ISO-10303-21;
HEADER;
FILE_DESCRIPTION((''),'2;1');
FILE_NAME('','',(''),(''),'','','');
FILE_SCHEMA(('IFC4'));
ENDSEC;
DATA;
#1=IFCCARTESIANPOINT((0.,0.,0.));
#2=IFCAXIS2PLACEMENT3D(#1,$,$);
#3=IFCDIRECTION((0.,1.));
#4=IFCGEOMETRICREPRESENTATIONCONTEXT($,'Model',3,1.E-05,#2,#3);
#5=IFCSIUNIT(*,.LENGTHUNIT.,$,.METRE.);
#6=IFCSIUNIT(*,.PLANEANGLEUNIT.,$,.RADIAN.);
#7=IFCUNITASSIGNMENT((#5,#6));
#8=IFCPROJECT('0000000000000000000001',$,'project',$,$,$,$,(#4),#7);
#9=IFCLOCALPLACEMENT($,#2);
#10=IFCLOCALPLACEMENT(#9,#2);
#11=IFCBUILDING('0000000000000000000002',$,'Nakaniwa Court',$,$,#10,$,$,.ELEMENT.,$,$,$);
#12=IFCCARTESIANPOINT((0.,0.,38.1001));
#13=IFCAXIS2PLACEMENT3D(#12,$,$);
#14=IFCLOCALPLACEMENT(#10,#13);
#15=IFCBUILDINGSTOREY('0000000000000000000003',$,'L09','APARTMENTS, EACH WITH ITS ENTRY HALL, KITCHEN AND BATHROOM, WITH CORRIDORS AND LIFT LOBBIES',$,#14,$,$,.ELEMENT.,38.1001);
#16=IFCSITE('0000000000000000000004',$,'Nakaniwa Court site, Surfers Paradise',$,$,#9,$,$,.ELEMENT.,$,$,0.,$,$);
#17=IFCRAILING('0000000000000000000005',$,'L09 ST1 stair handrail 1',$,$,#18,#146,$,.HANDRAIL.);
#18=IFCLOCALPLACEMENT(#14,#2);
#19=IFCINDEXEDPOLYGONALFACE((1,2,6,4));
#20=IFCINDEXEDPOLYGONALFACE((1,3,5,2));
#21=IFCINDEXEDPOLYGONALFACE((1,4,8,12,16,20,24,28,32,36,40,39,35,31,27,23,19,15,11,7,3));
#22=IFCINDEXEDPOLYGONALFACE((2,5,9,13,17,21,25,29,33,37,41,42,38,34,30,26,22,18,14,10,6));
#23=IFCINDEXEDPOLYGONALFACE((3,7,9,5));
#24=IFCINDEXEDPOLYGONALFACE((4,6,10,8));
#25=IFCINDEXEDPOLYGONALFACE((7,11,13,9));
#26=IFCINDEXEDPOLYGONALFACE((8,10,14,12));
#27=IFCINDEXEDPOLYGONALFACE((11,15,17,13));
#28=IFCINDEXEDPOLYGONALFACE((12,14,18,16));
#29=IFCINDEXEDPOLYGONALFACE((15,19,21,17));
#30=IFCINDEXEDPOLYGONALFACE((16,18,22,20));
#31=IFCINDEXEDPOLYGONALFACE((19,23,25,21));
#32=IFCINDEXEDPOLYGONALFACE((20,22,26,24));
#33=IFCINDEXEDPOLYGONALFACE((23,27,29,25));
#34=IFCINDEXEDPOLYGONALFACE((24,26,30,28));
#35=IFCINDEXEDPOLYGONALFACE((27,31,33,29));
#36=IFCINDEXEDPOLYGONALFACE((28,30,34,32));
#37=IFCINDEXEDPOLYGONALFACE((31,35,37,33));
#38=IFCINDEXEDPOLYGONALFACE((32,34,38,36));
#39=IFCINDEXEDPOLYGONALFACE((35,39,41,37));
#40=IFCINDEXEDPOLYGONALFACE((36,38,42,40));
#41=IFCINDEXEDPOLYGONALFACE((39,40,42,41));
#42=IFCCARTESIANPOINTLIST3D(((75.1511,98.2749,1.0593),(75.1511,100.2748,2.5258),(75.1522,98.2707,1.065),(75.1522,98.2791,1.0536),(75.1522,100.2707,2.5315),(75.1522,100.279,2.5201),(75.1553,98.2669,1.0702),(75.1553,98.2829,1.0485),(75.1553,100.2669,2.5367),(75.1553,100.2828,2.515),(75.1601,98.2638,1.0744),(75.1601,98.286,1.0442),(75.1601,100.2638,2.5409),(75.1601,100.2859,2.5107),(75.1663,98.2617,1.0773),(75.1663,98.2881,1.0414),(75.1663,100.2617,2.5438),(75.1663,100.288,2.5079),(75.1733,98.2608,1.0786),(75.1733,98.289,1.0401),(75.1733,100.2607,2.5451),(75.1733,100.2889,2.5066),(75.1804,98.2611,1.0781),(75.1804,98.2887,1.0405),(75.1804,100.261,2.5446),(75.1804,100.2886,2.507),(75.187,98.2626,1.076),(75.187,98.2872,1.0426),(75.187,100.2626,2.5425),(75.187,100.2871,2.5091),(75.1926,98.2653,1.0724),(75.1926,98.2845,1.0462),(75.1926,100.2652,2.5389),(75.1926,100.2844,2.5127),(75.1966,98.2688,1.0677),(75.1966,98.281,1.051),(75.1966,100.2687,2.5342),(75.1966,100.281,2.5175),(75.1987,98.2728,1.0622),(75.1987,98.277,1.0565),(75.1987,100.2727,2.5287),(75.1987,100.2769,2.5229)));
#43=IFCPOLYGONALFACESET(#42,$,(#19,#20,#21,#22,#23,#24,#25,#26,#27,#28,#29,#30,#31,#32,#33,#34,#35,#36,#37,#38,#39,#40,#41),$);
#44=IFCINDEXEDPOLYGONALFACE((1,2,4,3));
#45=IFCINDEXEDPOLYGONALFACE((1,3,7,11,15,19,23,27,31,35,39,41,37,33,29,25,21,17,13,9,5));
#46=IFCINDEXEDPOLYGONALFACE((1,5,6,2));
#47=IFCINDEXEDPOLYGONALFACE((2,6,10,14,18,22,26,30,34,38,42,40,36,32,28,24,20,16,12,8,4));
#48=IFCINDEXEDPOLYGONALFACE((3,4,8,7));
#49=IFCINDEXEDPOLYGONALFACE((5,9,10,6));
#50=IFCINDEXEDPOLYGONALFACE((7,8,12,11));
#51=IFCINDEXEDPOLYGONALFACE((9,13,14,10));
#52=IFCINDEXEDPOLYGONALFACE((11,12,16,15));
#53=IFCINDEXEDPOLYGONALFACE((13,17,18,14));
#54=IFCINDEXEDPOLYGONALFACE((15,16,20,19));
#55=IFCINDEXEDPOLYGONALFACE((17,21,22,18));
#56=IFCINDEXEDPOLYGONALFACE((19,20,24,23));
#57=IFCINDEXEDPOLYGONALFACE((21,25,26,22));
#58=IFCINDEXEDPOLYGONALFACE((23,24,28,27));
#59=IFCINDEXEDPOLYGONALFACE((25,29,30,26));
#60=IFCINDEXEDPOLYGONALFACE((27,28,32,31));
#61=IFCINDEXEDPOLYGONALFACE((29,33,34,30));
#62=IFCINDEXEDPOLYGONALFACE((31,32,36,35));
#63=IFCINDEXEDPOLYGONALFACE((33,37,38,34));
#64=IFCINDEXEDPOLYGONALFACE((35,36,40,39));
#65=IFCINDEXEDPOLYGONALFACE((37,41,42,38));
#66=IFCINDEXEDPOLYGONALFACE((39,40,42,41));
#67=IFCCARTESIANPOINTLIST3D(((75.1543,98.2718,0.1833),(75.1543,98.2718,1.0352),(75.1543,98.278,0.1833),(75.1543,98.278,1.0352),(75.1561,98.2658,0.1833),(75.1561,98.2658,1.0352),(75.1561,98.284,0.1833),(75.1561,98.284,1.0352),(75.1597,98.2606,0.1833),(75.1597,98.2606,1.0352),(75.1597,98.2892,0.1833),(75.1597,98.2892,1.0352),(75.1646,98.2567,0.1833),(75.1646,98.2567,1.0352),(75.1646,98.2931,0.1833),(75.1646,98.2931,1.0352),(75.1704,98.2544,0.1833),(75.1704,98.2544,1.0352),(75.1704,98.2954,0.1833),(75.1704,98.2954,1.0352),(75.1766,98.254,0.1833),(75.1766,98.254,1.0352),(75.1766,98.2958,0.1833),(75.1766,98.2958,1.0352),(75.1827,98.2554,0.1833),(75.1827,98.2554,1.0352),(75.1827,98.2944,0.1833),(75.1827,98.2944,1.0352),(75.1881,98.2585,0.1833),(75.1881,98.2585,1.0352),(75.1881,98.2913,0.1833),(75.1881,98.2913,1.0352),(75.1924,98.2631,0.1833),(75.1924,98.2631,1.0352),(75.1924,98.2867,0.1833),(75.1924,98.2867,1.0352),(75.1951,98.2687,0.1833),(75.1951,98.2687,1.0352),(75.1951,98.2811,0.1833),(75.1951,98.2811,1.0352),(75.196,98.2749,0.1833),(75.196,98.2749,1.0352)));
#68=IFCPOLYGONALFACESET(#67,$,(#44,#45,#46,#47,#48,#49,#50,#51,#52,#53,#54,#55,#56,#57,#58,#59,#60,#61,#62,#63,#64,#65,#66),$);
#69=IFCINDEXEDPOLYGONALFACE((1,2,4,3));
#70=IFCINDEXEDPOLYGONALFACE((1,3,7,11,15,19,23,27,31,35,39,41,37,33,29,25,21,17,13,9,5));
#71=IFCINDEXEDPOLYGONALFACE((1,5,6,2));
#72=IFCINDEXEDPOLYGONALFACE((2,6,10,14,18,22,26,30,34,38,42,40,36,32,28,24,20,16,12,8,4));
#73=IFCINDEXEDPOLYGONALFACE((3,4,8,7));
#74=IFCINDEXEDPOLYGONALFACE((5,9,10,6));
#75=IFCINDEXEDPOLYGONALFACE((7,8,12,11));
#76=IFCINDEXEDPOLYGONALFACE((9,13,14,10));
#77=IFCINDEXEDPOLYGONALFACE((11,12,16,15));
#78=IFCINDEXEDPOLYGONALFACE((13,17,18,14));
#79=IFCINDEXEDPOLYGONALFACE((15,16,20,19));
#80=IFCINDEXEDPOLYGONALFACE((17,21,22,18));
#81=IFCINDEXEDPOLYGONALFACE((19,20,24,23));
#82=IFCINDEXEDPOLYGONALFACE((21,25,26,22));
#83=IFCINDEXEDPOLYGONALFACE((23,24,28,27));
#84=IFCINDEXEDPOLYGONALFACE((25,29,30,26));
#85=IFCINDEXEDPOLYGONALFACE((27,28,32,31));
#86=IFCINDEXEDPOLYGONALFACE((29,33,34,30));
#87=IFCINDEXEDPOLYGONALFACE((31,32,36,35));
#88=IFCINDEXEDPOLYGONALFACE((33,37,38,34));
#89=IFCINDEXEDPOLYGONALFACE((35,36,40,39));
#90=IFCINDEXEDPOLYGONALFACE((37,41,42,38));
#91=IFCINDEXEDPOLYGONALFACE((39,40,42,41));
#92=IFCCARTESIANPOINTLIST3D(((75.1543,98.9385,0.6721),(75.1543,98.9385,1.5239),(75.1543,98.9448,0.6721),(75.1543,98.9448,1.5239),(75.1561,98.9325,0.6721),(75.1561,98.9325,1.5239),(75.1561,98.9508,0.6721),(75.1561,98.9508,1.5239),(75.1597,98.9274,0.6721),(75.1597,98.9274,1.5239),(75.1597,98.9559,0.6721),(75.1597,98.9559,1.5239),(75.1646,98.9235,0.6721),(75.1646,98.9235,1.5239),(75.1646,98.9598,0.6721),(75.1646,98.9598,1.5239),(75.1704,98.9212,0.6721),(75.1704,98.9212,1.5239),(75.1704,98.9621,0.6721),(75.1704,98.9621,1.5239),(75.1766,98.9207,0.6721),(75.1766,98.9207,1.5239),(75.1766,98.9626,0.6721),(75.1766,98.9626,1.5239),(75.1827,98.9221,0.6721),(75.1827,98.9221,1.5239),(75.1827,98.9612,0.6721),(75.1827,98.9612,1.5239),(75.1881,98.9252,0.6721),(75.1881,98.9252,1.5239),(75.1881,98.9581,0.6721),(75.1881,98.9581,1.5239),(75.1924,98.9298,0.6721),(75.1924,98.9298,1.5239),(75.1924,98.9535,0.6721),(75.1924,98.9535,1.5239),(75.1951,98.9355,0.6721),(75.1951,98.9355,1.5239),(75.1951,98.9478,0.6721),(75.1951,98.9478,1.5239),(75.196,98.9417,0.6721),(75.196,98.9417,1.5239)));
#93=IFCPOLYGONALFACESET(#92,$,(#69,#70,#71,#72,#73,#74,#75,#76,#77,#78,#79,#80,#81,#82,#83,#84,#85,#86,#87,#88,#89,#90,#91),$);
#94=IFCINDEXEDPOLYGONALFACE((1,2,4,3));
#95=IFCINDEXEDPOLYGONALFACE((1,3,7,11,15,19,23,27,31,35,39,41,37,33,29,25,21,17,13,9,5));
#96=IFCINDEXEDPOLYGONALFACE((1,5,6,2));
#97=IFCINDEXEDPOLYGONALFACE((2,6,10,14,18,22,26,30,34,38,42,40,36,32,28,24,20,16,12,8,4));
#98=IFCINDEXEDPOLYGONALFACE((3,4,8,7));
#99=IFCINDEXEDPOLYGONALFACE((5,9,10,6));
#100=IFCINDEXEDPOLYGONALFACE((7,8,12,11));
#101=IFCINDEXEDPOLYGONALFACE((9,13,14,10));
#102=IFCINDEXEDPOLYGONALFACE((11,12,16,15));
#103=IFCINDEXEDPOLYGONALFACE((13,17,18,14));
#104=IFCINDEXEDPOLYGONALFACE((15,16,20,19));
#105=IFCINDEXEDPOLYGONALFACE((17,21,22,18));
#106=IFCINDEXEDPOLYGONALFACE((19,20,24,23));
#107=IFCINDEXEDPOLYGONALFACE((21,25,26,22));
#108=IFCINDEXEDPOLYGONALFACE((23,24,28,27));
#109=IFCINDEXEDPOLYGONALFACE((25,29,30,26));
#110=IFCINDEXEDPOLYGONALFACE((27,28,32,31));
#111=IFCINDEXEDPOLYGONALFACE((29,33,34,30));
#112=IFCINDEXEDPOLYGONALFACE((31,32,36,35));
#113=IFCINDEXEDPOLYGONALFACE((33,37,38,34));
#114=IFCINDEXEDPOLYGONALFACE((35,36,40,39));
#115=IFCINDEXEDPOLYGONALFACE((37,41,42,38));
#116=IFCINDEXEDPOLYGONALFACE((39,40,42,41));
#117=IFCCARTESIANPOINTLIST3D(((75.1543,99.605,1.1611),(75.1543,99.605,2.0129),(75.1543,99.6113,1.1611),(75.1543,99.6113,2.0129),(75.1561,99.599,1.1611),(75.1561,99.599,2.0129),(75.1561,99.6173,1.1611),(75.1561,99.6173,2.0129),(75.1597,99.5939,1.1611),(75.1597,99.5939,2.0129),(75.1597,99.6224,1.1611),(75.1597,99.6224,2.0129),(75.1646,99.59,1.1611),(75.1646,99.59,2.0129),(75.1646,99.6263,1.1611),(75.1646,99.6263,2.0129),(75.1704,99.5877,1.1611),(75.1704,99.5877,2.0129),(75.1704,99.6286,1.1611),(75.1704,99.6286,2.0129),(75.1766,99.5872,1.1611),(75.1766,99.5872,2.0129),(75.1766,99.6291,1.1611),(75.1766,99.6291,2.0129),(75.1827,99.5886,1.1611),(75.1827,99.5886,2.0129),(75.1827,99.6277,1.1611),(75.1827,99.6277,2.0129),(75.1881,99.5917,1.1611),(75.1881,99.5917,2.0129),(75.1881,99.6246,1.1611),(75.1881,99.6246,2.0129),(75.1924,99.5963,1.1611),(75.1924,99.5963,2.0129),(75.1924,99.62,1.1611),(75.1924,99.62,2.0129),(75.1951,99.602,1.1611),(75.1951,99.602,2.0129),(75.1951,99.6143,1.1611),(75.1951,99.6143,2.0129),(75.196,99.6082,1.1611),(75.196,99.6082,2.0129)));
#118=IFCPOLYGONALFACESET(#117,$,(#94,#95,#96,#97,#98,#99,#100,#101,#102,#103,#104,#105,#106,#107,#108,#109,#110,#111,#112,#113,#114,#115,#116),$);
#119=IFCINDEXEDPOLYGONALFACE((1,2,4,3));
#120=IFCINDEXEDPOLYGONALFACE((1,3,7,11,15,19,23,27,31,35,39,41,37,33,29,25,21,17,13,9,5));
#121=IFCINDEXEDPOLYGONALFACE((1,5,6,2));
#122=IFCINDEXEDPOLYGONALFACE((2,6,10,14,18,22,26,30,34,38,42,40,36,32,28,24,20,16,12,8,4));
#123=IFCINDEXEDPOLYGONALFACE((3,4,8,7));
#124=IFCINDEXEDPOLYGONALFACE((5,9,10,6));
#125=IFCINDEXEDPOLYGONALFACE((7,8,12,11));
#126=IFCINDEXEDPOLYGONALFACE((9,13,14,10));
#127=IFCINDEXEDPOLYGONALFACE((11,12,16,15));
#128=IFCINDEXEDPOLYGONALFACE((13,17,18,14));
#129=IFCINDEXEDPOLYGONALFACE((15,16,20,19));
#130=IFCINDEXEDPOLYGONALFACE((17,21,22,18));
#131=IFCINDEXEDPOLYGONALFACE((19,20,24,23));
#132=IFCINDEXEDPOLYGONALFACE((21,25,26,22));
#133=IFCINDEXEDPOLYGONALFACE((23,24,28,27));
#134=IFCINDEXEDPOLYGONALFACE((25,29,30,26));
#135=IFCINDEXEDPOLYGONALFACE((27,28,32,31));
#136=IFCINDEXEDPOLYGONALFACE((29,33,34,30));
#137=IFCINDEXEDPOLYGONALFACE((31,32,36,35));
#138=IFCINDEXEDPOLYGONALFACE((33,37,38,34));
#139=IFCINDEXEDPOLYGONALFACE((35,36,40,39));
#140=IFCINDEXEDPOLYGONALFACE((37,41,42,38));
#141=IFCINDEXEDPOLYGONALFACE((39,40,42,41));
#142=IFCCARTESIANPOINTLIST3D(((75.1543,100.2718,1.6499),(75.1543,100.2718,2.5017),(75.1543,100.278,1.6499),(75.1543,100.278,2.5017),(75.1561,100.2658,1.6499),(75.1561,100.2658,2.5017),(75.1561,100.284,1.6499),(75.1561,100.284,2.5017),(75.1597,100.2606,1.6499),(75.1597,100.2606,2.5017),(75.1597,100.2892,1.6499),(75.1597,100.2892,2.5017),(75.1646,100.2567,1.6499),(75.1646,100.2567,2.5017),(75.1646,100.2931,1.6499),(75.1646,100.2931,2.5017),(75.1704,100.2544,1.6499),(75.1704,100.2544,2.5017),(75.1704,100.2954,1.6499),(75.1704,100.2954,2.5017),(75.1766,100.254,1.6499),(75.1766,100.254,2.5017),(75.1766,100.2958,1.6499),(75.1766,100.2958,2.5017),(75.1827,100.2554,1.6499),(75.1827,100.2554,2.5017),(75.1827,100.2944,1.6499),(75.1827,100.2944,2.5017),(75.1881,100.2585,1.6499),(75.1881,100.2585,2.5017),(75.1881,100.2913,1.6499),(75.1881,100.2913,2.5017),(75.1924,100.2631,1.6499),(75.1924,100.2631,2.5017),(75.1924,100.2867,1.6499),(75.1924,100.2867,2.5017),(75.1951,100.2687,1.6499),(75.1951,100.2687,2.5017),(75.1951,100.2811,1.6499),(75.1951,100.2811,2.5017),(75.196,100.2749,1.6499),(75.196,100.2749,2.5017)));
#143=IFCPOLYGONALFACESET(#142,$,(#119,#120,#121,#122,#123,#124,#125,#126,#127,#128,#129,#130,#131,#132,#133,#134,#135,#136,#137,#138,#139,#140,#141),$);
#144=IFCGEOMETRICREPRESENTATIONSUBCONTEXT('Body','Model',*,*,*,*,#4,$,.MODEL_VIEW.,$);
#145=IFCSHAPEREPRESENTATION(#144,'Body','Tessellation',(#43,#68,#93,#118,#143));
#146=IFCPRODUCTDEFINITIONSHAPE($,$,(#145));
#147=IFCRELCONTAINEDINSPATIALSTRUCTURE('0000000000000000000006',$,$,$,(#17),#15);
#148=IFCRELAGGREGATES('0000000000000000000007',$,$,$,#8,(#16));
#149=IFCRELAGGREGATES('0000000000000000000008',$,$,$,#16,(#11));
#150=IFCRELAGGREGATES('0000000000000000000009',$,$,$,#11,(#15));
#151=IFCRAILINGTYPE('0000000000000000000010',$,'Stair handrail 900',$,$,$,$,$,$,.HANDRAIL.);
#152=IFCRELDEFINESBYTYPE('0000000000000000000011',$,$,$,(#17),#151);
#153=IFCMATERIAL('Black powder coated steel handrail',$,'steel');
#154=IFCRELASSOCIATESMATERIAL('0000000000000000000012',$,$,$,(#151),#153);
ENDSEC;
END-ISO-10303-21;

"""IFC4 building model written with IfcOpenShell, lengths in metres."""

from ifc_helpers import new_model, si_unit, direction, frame, origin, origin_2d, place, context, subcontext, project, spatial, circle, extrude, material, type_object, element, save


model = new_model("IFC4")

# Units and contexts
model_context = context("Model", 3, precision=1e-05, world=origin(), true_north=direction((0.0, 1.0)))
body_context = subcontext(model_context, "Body", "Model", "MODEL_VIEW")
ifc_project = project(units=[si_unit("LENGTHUNIT", "METRE"), si_unit("PLANEANGLEUNIT", "RADIAN")], contexts=[model_context])

# Site, building, storey
site_placement = place(None, origin())
site = spatial("IfcSite", under=ifc_project, at=site_placement, Name="Nakaniwa Court site, Surfers Paradise", CompositionType="ELEMENT", RefElevation=0.0)
building_placement = place(site_placement, origin())
building = spatial("IfcBuilding", under=site, at=building_placement, Name="Nakaniwa Court", CompositionType="ELEMENT")
storey_placement = place(building_placement, frame((0.0, 0.0, 38.1001)))
storey = spatial("IfcBuildingStorey", under=building, at=storey_placement, Name="L09", Description="APARTMENTS, EACH WITH ITS ENTRY HALL, KITCHEN AND BATHROOM, WITH CORRIDORS AND LIFT LOBBIES", CompositionType="ELEMENT", Elevation=38.1001)

# Railing
ifc_material_1 = material(Name="Black powder coated steel handrail", Category="steel")
railing_type_1 = type_object("IfcRailingType", Name="Stair handrail 900", PredefinedType="HANDRAIL", material=ifc_material_1)
railing_1_placement = place(storey_placement, frame((75.175, 98.2749, 0.1833)))
element("IfcRailing", 1, at=railing_1_placement, inside=storey, type_object=railing_type_1, Name="L09 ST1 stair handrail 1", PredefinedType="HANDRAIL", context=body_context, shape_type="SweptSolid", body=[
    extrude(circle(Radius=0.0239, at=origin_2d()), frame((0.0, 0.0, 0.876), z_axis=(0.0, 0.806427, 0.591334), x_axis=(-1.0, 0.0, 0.0)), (0.0, 0.0, 1.0), 2.48),
    extrude(circle(Radius=0.021, at=origin_2d()), origin(), (0.0, 0.0, 1.0), 0.8518),
    extrude(circle(Radius=0.021, at=origin_2d()), frame((0.0, 0.6667, 0.4888)), (0.0, 0.0, 1.0), 0.8518),
    extrude(circle(Radius=0.021, at=origin_2d()), frame((0.0, 1.3333, 0.9778)), (0.0, 0.0, 1.0), 0.8518),
    extrude(circle(Radius=0.021, at=origin_2d()), frame((0.0, 2.0, 1.4666)), (0.0, 0.0, 1.0), 0.8518),
])

save(model, "model.ifc")
